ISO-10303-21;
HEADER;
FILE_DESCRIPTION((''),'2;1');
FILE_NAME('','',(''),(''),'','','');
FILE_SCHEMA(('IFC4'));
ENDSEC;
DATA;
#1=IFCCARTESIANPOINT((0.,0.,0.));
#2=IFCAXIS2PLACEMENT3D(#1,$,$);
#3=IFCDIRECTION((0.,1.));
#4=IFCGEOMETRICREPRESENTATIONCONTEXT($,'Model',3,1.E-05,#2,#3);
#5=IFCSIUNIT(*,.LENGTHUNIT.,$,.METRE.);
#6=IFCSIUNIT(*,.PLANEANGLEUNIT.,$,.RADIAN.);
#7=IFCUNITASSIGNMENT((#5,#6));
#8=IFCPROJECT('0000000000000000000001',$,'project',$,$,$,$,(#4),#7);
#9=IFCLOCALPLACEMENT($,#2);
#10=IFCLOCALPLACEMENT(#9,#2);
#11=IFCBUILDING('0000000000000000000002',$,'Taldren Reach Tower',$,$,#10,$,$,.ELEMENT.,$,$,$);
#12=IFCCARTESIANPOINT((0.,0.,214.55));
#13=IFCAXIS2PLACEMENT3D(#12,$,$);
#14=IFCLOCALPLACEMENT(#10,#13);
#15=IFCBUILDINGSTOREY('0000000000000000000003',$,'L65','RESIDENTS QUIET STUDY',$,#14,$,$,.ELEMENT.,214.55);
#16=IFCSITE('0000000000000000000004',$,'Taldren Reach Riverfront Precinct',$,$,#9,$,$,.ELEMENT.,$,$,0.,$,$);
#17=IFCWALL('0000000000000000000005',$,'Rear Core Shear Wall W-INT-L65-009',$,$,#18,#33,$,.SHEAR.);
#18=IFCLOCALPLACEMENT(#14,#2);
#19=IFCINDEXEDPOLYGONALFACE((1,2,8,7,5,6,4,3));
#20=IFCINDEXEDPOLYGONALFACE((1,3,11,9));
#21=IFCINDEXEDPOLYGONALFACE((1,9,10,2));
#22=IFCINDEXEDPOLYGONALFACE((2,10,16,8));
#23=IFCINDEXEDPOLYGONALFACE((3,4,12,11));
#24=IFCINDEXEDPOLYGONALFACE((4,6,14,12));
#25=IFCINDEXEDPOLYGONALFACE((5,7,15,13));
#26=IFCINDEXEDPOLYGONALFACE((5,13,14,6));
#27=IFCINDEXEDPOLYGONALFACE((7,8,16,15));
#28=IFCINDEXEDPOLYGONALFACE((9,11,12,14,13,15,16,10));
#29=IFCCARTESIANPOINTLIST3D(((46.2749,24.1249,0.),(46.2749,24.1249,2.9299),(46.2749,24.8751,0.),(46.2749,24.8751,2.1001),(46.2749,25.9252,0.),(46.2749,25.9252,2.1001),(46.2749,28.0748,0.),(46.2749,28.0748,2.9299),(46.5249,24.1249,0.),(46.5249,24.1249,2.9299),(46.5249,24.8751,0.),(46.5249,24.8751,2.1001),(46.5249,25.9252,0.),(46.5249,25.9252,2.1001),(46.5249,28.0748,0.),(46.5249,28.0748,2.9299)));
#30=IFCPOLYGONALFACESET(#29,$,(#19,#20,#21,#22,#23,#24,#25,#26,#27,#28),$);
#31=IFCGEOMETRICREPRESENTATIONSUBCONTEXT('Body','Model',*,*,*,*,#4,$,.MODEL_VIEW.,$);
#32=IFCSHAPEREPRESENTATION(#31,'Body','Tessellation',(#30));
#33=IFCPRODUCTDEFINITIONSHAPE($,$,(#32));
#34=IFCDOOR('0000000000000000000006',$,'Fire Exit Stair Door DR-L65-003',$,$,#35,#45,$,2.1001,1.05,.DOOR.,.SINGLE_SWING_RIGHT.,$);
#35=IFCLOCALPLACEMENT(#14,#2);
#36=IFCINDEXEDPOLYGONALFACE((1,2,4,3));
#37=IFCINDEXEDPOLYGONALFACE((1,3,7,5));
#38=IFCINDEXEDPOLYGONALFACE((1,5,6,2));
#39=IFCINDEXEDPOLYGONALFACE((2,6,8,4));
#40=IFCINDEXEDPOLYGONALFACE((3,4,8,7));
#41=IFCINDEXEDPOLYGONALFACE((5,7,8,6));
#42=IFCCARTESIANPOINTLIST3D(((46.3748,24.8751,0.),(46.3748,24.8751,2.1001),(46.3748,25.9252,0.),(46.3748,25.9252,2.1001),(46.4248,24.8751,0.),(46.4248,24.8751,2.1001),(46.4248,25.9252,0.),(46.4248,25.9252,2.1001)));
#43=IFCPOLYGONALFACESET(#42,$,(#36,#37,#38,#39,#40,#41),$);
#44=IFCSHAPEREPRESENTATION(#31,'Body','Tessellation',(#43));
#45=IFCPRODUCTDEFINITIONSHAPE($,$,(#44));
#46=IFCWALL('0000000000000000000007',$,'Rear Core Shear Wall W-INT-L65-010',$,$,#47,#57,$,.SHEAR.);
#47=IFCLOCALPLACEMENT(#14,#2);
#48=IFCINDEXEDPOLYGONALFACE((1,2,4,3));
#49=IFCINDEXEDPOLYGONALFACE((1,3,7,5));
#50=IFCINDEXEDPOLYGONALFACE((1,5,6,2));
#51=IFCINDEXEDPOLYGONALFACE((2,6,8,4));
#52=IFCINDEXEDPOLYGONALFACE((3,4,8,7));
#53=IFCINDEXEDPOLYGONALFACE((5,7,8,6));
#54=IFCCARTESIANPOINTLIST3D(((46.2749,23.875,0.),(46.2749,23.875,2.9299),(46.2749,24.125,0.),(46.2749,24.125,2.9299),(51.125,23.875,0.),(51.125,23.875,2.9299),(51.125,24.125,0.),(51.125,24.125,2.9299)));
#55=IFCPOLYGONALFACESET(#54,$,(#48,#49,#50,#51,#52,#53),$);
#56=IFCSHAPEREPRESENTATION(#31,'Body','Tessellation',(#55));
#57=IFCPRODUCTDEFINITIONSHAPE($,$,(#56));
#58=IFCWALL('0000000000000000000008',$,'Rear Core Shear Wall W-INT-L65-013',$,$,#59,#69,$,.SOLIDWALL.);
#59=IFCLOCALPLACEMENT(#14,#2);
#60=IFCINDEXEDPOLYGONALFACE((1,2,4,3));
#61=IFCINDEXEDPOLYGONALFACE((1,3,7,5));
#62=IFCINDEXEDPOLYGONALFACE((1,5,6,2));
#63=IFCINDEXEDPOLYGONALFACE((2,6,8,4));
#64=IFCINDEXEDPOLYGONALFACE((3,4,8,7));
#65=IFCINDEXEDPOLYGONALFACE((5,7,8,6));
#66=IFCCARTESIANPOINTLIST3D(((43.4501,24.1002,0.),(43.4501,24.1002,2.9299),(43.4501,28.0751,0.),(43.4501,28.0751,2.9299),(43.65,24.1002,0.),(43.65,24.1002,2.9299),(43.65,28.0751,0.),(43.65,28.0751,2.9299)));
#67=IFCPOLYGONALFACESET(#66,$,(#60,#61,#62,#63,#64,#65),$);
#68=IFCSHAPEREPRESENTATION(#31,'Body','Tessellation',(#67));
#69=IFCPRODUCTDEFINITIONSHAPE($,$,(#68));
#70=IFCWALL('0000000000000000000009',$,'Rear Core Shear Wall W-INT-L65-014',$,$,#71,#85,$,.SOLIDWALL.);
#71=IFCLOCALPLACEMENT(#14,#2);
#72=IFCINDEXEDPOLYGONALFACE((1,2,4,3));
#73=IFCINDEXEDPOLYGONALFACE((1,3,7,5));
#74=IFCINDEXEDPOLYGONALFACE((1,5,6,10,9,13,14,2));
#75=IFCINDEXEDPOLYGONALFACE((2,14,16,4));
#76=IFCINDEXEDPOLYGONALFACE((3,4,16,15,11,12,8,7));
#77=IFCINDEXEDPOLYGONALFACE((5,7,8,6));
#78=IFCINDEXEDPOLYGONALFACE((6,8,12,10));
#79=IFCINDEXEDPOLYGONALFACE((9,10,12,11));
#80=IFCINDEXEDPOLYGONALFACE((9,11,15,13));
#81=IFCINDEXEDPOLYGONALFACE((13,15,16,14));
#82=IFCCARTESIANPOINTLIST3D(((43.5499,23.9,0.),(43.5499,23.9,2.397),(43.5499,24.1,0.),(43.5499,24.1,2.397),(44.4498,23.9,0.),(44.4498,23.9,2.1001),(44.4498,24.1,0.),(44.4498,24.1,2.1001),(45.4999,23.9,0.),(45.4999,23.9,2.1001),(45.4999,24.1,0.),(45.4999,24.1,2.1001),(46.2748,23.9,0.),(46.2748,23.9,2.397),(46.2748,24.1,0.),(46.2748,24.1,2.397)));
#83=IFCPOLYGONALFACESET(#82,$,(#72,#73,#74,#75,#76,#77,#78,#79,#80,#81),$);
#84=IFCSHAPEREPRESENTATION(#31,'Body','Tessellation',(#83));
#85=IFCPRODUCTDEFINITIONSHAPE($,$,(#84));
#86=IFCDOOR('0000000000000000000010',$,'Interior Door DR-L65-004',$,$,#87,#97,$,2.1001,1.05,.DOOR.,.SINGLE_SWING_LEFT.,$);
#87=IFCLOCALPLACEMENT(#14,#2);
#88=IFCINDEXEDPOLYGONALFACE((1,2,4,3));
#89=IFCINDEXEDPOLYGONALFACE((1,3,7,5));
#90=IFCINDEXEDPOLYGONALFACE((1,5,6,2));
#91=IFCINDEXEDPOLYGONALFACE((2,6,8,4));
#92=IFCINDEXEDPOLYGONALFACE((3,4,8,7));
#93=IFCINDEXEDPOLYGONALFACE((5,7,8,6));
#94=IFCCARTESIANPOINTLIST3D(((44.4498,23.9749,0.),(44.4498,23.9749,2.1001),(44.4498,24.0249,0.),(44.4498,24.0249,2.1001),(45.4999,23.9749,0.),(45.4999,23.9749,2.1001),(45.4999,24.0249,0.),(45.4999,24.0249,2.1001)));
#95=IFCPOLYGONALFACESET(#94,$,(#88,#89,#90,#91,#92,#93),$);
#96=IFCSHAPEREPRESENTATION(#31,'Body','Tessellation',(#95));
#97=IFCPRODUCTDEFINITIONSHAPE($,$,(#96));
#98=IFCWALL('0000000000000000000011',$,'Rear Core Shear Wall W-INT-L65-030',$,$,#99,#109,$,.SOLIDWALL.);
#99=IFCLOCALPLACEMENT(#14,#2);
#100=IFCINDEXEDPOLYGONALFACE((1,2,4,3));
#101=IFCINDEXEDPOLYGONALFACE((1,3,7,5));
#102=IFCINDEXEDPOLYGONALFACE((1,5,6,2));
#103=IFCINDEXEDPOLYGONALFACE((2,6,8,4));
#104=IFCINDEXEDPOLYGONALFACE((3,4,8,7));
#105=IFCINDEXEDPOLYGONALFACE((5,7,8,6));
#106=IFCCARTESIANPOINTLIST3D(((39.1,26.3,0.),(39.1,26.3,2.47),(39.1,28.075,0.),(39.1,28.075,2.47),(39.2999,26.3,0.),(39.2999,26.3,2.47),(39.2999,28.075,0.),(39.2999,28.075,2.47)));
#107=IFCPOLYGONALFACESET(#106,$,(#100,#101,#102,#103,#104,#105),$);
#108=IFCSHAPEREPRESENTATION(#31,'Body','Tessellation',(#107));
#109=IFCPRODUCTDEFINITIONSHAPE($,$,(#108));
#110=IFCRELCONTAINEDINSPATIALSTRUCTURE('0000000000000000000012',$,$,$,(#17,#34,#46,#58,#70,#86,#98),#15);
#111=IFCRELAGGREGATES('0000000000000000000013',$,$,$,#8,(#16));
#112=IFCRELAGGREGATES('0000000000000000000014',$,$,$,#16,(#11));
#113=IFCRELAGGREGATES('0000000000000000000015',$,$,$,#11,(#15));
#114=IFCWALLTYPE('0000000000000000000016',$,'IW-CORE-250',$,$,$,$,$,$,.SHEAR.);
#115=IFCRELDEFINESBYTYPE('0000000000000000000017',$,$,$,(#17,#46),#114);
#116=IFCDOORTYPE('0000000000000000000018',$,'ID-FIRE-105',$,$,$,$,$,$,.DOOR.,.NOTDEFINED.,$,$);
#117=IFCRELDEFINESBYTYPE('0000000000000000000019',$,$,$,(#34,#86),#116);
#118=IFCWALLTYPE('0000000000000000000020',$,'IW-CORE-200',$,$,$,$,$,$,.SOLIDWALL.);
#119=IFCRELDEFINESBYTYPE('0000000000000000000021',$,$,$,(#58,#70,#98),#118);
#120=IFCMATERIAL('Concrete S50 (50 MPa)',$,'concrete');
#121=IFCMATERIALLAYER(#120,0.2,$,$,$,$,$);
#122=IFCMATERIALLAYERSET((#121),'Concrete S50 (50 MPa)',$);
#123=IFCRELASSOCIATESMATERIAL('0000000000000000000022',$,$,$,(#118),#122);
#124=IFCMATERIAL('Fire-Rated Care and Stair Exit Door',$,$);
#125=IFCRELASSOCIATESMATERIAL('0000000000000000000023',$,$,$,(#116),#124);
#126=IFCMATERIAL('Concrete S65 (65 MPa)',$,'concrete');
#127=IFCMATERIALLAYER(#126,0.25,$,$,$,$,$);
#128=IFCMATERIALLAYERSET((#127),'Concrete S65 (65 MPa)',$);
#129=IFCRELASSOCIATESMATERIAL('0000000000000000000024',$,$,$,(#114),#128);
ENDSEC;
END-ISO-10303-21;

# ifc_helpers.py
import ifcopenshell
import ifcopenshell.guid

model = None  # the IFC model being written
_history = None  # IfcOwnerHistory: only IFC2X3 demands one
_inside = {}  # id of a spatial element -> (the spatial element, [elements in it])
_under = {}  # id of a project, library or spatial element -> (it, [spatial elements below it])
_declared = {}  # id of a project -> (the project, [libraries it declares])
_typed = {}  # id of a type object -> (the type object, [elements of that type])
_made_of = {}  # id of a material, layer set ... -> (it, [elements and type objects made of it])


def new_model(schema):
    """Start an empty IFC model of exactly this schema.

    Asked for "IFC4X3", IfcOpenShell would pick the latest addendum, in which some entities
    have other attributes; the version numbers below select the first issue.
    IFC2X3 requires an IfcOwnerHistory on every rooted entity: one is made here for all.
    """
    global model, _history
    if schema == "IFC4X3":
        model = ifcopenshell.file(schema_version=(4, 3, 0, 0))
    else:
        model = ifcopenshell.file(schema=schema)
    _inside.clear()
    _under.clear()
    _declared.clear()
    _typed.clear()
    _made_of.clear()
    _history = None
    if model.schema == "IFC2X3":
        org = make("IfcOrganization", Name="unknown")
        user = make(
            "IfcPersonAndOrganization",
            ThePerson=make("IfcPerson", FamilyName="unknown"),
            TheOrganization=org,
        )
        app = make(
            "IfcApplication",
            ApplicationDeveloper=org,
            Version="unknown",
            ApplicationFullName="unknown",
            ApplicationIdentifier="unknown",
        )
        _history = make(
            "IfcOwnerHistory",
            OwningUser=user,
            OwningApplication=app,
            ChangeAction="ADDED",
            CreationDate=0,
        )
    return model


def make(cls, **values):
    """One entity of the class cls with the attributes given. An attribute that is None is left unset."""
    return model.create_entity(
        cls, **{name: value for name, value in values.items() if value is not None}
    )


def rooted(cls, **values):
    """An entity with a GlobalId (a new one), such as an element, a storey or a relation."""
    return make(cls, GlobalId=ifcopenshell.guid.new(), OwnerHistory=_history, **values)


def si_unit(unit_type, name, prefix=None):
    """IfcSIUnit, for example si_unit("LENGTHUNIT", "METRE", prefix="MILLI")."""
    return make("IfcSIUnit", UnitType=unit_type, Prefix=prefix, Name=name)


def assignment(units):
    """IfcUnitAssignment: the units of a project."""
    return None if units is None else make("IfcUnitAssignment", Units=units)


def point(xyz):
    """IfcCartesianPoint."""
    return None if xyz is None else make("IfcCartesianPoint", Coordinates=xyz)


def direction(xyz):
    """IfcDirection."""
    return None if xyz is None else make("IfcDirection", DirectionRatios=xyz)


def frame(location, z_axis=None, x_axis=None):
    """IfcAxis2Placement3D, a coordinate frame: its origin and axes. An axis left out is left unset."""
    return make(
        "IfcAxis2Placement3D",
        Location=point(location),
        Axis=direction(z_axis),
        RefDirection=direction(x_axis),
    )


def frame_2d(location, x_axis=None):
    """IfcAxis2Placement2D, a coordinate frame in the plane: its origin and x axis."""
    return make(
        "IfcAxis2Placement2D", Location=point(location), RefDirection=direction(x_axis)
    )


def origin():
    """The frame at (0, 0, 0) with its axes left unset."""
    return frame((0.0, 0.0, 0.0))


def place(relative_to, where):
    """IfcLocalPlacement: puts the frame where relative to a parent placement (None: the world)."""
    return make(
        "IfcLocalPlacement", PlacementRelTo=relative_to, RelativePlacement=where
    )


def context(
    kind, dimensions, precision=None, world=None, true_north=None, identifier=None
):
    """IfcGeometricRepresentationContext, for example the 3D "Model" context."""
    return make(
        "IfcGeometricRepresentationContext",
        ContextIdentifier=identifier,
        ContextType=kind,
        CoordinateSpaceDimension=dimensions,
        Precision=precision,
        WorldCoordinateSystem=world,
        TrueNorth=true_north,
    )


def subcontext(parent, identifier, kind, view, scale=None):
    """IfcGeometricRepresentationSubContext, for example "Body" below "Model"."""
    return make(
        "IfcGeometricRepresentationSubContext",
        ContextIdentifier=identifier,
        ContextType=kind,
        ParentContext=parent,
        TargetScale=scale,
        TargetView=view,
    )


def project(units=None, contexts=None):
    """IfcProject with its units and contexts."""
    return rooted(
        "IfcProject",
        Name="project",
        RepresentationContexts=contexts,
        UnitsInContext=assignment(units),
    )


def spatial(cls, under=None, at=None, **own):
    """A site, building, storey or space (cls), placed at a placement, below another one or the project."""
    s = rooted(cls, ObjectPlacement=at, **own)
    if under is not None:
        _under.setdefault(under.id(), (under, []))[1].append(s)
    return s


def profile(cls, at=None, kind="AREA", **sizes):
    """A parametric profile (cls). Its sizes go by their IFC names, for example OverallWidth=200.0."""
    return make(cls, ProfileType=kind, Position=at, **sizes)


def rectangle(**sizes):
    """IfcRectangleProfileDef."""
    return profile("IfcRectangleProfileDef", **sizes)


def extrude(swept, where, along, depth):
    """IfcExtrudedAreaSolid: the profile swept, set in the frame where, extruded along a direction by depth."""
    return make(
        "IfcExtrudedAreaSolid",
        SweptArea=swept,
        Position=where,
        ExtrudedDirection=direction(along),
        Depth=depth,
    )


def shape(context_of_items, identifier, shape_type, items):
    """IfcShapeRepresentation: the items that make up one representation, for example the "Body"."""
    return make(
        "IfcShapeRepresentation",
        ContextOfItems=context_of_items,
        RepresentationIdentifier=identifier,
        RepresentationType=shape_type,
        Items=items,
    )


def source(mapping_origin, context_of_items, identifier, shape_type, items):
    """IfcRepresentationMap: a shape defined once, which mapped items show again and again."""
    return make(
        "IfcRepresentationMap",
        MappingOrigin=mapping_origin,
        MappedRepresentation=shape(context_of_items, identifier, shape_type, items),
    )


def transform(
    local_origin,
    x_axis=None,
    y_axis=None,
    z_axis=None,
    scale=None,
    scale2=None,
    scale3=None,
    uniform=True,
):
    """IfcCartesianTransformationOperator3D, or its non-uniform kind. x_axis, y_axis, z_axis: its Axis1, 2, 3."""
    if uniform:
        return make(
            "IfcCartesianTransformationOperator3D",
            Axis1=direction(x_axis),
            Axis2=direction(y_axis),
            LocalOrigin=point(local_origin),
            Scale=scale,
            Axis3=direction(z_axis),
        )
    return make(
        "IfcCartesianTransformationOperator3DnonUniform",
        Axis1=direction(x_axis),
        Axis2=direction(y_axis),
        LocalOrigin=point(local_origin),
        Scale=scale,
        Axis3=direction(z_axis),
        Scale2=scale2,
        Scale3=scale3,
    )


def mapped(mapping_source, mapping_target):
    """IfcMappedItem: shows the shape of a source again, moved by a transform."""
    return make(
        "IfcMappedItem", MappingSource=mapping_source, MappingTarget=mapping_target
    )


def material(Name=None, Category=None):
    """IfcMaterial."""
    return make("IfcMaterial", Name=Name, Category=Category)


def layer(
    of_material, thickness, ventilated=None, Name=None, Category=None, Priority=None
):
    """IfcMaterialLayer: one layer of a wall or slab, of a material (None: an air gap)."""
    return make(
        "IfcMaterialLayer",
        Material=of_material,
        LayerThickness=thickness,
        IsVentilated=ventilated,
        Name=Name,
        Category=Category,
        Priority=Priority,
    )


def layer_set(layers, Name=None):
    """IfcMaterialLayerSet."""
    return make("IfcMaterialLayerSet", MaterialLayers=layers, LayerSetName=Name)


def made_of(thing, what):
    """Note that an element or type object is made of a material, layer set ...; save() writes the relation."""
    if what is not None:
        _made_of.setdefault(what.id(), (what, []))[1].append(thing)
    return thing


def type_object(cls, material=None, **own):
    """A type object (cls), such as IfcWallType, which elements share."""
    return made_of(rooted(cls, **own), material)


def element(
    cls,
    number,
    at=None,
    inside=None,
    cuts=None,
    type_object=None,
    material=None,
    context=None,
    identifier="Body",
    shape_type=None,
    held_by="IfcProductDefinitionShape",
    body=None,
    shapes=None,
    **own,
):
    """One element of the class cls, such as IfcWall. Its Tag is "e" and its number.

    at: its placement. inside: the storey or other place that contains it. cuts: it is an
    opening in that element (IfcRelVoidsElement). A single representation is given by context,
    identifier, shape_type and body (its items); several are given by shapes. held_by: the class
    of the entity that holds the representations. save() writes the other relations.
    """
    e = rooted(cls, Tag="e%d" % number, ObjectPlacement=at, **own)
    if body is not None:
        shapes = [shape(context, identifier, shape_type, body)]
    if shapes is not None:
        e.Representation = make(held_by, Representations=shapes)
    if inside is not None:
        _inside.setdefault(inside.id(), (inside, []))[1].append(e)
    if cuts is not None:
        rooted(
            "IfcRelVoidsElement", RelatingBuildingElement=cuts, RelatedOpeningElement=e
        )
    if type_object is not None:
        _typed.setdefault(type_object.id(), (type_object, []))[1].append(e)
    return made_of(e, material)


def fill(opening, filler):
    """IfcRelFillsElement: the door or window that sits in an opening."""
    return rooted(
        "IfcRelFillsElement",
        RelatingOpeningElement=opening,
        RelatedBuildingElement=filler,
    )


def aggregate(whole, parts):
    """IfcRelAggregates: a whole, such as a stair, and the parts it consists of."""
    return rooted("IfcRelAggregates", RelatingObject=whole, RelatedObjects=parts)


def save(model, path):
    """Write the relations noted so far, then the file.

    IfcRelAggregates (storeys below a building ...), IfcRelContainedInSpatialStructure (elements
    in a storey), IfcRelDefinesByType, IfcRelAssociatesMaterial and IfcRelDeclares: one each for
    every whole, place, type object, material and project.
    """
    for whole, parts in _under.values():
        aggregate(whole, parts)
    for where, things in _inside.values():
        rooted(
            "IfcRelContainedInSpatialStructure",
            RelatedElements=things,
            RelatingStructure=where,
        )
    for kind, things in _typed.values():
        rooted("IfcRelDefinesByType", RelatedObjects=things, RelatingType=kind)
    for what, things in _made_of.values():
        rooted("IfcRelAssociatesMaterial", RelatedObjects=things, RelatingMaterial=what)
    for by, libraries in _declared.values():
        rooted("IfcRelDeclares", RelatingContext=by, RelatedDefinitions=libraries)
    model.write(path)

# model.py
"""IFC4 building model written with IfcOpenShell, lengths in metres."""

from ifc_helpers import new_model, si_unit, direction, frame, frame_2d, origin, place, context, subcontext, project, spatial, rectangle, extrude, source, transform, mapped, material, layer, layer_set, type_object, element, fill, save


model = new_model("IFC4")

# Units and contexts
model_context = context("Model", 3, precision=1e-05, world=origin(), true_north=direction((0.0, 1.0)))
body_context = subcontext(model_context, "Body", "Model", "MODEL_VIEW")
ifc_project = project(units=[si_unit("LENGTHUNIT", "METRE"), si_unit("PLANEANGLEUNIT", "RADIAN")], contexts=[model_context])

# Site, building, storey
site_placement = place(None, origin())
site = spatial("IfcSite", under=ifc_project, at=site_placement, Name="Taldren Reach Riverfront Precinct", CompositionType="ELEMENT", RefElevation=0.0)
building_placement = place(site_placement, origin())
building = spatial("IfcBuilding", under=site, at=building_placement, Name="Taldren Reach Tower", CompositionType="ELEMENT")
storey_placement = place(building_placement, frame((0.0, 0.0, 214.55)))
storey = spatial("IfcBuildingStorey", under=building, at=storey_placement, Name="L65", Description="RESIDENTS QUIET STUDY", CompositionType="ELEMENT", Elevation=214.55)

# Shared definitions
ifc_material_1 = material(Name="Concrete S50 (50 MPa)", Category="concrete")
ifc_layer_1 = layer(ifc_material_1, 0.2)
ifc_layer_set_1 = layer_set([ifc_layer_1], Name="Concrete S50 (50 MPa)")
wall_type_1 = type_object("IfcWallType", Name="IW-CORE-200", PredefinedType="SOLIDWALL", material=ifc_layer_set_1)
shared_shape_1 = source(origin(), body_context, "Body", "SweptSolid", [
    extrude(rectangle(XDim=1.05, YDim=2.1001, at=frame_2d((0.5249, 1.05))), frame((0.0, 0.1099, 0.0), z_axis=(0.0, -1.0, 0.0), x_axis=(1.0, 0.0, 0.0)), (0.0, 0.0, 1.0), 0.22),
])
ifc_material_2 = material(Name="Fire-Rated Care and Stair Exit Door")
door_type_1 = type_object("IfcDoorType", Name="ID-FIRE-105", OperationType="NOTDEFINED", PredefinedType="DOOR", material=ifc_material_2)
shared_shape_2 = source(origin(), body_context, "Body", "SweptSolid", [
    extrude(rectangle(XDim=1.05, YDim=2.1001, at=frame_2d((0.5249, 1.05))), frame((0.0, 0.0249, 0.0), z_axis=(0.0, -1.0, 0.0), x_axis=(1.0, 0.0, 0.0)), (0.0, 0.0, 1.0), 0.05),
])

# Shared definitions
ifc_material_3 = material(Name="Concrete S65 (65 MPa)", Category="concrete")
ifc_layer_2 = layer(ifc_material_3, 0.25)
ifc_layer_set_2 = layer_set([ifc_layer_2], Name="Concrete S65 (65 MPa)")
wall_type_2 = type_object("IfcWallType", Name="IW-CORE-250", PredefinedType="SHEAR", material=ifc_layer_set_2)

# Wall, opening, door
shared_shape_3 = source(origin(), body_context, "Body", "SweptSolid", [
    extrude(rectangle(XDim=3.95, YDim=0.25, at=frame_2d((1.9751, 0.0))), origin(), (0.0, 0.0, 1.0), 2.9299),
])
wall_1_placement = place(storey_placement, frame((46.3999, 28.075, 0.0), z_axis=(0.0, 0.0, 1.0), x_axis=(0.0, -1.0, 0.0)))
wall_1 = element("IfcWall", 1, at=wall_1_placement, inside=storey, type_object=wall_type_2, Name="Rear Core Shear Wall W-INT-L65-009", PredefinedType="SHEAR", context=body_context, shape_type="MappedRepresentation", body=[
    mapped(shared_shape_3, transform((0.0, 0.0, 0.0), scale=1.0)),
])
shared_shape_4 = source(origin(), body_context, "Body", "SweptSolid", [
    extrude(rectangle(XDim=1.05, YDim=2.1001, at=frame_2d((0.5249, 1.05))), frame((0.0, 0.135, 0.0), z_axis=(0.0, -1.0, 0.0), x_axis=(1.0, 0.0, 0.0)), (0.0, 0.0, 1.0), 0.27),
])
opening_1_placement = place(wall_1_placement, frame((2.1499, 0.0, 0.0)))
opening_1 = element("IfcOpeningElement", 2, at=opening_1_placement, cuts=wall_1, PredefinedType="OPENING", context=body_context, shape_type="MappedRepresentation", body=[
    mapped(shared_shape_4, transform((0.0, 0.0, 0.0), scale=1.0)),
])
door_1_placement = place(opening_1_placement, origin())
door_1 = element("IfcDoor", 3, at=door_1_placement, inside=storey, type_object=door_type_1, Name="Fire Exit Stair Door DR-L65-003", OperationType="SINGLE_SWING_RIGHT", OverallHeight=2.1001, OverallWidth=1.05, PredefinedType="DOOR", context=body_context, shape_type="MappedRepresentation", body=[
    mapped(shared_shape_2, transform((0.0, 0.0, 0.0), scale=1.0)),
])
fill(opening_1, door_1)

# Wall
shared_shape_5 = source(origin(), body_context, "Body", "SweptSolid", [
    extrude(rectangle(XDim=4.8501, YDim=0.25, at=frame_2d((2.425, 0.0))), origin(), (0.0, 0.0, 1.0), 2.9299),
])
wall_2_placement = place(storey_placement, frame((46.2749, 24.0, 0.0), z_axis=(0.0, 0.0, 1.0), x_axis=(1.0, 0.0, 0.0)))
element("IfcWall", 4, at=wall_2_placement, inside=storey, type_object=wall_type_2, Name="Rear Core Shear Wall W-INT-L65-010", PredefinedType="SHEAR", context=body_context, shape_type="MappedRepresentation", body=[
    mapped(shared_shape_5, transform((0.0, 0.0, 0.0), scale=1.0)),
])

# Wall
shared_shape_6 = source(origin(), body_context, "Body", "SweptSolid", [
    extrude(rectangle(XDim=3.9749, YDim=0.2, at=frame_2d((1.9873, 0.0))), origin(), (0.0, 0.0, 1.0), 2.9299),
])
wall_3_placement = place(storey_placement, frame((43.55, 28.075, 0.0), z_axis=(0.0, 0.0, 1.0), x_axis=(0.0, -1.0, 0.0)))
element("IfcWall", 5, at=wall_3_placement, inside=storey, type_object=wall_type_1, Name="Rear Core Shear Wall W-INT-L65-013", PredefinedType="SOLIDWALL", context=body_context, shape_type="MappedRepresentation", body=[
    mapped(shared_shape_6, transform((0.0, 0.0, 0.0), scale=1.0)),
])

# Wall, opening, door
shared_shape_7 = source(origin(), body_context, "Body", "SweptSolid", [
    extrude(rectangle(XDim=2.7249, YDim=0.2, at=frame_2d((1.3623, 0.0))), origin(), (0.0, 0.0, 1.0), 2.397),
])
wall_4_placement = place(storey_placement, frame((43.55, 24.0, 0.0), z_axis=(0.0, 0.0, 1.0), x_axis=(1.0, 0.0, 0.0)))
wall_4 = element("IfcWall", 6, at=wall_4_placement, inside=storey, type_object=wall_type_1, Name="Rear Core Shear Wall W-INT-L65-014", PredefinedType="SOLIDWALL", context=body_context, shape_type="MappedRepresentation", body=[
    mapped(shared_shape_7, transform((0.0, 0.0, 0.0), scale=1.0)),
])
opening_2_placement = place(wall_4_placement, frame((0.8999, 0.0, 0.0)))
opening_2 = element("IfcOpeningElement", 7, at=opening_2_placement, cuts=wall_4, PredefinedType="OPENING", context=body_context, shape_type="MappedRepresentation", body=[
    mapped(shared_shape_1, transform((0.0, 0.0, 0.0), scale=1.0)),
])
door_2_placement = place(opening_2_placement, origin())
door_2 = element("IfcDoor", 8, at=door_2_placement, inside=storey, type_object=door_type_1, Name="Interior Door DR-L65-004", OperationType="SINGLE_SWING_LEFT", OverallHeight=2.1001, OverallWidth=1.05, PredefinedType="DOOR", context=body_context, shape_type="MappedRepresentation", body=[
    mapped(shared_shape_2, transform((0.0, 0.0, 0.0), scale=1.0)),
])
fill(opening_2, door_2)

# Wall
shared_shape_8 = source(origin(), body_context, "Body", "SweptSolid", [
    extrude(rectangle(XDim=1.7749, YDim=0.2, at=frame_2d((0.8875, 0.0))), origin(), (0.0, 0.0, 1.0), 2.47),
])
wall_5_placement = place(storey_placement, frame((39.2, 26.3, 0.0), z_axis=(0.0, 0.0, 1.0), x_axis=(0.0, 1.0, 0.0)))
element("IfcWall", 9, at=wall_5_placement, inside=storey, type_object=wall_type_1, Name="Rear Core Shear Wall W-INT-L65-030", PredefinedType="SOLIDWALL", context=body_context, shape_type="MappedRepresentation", body=[
    mapped(shared_shape_8, transform((0.0, 0.0, 0.0), scale=1.0)),
])

save(model, "model.ifc")
